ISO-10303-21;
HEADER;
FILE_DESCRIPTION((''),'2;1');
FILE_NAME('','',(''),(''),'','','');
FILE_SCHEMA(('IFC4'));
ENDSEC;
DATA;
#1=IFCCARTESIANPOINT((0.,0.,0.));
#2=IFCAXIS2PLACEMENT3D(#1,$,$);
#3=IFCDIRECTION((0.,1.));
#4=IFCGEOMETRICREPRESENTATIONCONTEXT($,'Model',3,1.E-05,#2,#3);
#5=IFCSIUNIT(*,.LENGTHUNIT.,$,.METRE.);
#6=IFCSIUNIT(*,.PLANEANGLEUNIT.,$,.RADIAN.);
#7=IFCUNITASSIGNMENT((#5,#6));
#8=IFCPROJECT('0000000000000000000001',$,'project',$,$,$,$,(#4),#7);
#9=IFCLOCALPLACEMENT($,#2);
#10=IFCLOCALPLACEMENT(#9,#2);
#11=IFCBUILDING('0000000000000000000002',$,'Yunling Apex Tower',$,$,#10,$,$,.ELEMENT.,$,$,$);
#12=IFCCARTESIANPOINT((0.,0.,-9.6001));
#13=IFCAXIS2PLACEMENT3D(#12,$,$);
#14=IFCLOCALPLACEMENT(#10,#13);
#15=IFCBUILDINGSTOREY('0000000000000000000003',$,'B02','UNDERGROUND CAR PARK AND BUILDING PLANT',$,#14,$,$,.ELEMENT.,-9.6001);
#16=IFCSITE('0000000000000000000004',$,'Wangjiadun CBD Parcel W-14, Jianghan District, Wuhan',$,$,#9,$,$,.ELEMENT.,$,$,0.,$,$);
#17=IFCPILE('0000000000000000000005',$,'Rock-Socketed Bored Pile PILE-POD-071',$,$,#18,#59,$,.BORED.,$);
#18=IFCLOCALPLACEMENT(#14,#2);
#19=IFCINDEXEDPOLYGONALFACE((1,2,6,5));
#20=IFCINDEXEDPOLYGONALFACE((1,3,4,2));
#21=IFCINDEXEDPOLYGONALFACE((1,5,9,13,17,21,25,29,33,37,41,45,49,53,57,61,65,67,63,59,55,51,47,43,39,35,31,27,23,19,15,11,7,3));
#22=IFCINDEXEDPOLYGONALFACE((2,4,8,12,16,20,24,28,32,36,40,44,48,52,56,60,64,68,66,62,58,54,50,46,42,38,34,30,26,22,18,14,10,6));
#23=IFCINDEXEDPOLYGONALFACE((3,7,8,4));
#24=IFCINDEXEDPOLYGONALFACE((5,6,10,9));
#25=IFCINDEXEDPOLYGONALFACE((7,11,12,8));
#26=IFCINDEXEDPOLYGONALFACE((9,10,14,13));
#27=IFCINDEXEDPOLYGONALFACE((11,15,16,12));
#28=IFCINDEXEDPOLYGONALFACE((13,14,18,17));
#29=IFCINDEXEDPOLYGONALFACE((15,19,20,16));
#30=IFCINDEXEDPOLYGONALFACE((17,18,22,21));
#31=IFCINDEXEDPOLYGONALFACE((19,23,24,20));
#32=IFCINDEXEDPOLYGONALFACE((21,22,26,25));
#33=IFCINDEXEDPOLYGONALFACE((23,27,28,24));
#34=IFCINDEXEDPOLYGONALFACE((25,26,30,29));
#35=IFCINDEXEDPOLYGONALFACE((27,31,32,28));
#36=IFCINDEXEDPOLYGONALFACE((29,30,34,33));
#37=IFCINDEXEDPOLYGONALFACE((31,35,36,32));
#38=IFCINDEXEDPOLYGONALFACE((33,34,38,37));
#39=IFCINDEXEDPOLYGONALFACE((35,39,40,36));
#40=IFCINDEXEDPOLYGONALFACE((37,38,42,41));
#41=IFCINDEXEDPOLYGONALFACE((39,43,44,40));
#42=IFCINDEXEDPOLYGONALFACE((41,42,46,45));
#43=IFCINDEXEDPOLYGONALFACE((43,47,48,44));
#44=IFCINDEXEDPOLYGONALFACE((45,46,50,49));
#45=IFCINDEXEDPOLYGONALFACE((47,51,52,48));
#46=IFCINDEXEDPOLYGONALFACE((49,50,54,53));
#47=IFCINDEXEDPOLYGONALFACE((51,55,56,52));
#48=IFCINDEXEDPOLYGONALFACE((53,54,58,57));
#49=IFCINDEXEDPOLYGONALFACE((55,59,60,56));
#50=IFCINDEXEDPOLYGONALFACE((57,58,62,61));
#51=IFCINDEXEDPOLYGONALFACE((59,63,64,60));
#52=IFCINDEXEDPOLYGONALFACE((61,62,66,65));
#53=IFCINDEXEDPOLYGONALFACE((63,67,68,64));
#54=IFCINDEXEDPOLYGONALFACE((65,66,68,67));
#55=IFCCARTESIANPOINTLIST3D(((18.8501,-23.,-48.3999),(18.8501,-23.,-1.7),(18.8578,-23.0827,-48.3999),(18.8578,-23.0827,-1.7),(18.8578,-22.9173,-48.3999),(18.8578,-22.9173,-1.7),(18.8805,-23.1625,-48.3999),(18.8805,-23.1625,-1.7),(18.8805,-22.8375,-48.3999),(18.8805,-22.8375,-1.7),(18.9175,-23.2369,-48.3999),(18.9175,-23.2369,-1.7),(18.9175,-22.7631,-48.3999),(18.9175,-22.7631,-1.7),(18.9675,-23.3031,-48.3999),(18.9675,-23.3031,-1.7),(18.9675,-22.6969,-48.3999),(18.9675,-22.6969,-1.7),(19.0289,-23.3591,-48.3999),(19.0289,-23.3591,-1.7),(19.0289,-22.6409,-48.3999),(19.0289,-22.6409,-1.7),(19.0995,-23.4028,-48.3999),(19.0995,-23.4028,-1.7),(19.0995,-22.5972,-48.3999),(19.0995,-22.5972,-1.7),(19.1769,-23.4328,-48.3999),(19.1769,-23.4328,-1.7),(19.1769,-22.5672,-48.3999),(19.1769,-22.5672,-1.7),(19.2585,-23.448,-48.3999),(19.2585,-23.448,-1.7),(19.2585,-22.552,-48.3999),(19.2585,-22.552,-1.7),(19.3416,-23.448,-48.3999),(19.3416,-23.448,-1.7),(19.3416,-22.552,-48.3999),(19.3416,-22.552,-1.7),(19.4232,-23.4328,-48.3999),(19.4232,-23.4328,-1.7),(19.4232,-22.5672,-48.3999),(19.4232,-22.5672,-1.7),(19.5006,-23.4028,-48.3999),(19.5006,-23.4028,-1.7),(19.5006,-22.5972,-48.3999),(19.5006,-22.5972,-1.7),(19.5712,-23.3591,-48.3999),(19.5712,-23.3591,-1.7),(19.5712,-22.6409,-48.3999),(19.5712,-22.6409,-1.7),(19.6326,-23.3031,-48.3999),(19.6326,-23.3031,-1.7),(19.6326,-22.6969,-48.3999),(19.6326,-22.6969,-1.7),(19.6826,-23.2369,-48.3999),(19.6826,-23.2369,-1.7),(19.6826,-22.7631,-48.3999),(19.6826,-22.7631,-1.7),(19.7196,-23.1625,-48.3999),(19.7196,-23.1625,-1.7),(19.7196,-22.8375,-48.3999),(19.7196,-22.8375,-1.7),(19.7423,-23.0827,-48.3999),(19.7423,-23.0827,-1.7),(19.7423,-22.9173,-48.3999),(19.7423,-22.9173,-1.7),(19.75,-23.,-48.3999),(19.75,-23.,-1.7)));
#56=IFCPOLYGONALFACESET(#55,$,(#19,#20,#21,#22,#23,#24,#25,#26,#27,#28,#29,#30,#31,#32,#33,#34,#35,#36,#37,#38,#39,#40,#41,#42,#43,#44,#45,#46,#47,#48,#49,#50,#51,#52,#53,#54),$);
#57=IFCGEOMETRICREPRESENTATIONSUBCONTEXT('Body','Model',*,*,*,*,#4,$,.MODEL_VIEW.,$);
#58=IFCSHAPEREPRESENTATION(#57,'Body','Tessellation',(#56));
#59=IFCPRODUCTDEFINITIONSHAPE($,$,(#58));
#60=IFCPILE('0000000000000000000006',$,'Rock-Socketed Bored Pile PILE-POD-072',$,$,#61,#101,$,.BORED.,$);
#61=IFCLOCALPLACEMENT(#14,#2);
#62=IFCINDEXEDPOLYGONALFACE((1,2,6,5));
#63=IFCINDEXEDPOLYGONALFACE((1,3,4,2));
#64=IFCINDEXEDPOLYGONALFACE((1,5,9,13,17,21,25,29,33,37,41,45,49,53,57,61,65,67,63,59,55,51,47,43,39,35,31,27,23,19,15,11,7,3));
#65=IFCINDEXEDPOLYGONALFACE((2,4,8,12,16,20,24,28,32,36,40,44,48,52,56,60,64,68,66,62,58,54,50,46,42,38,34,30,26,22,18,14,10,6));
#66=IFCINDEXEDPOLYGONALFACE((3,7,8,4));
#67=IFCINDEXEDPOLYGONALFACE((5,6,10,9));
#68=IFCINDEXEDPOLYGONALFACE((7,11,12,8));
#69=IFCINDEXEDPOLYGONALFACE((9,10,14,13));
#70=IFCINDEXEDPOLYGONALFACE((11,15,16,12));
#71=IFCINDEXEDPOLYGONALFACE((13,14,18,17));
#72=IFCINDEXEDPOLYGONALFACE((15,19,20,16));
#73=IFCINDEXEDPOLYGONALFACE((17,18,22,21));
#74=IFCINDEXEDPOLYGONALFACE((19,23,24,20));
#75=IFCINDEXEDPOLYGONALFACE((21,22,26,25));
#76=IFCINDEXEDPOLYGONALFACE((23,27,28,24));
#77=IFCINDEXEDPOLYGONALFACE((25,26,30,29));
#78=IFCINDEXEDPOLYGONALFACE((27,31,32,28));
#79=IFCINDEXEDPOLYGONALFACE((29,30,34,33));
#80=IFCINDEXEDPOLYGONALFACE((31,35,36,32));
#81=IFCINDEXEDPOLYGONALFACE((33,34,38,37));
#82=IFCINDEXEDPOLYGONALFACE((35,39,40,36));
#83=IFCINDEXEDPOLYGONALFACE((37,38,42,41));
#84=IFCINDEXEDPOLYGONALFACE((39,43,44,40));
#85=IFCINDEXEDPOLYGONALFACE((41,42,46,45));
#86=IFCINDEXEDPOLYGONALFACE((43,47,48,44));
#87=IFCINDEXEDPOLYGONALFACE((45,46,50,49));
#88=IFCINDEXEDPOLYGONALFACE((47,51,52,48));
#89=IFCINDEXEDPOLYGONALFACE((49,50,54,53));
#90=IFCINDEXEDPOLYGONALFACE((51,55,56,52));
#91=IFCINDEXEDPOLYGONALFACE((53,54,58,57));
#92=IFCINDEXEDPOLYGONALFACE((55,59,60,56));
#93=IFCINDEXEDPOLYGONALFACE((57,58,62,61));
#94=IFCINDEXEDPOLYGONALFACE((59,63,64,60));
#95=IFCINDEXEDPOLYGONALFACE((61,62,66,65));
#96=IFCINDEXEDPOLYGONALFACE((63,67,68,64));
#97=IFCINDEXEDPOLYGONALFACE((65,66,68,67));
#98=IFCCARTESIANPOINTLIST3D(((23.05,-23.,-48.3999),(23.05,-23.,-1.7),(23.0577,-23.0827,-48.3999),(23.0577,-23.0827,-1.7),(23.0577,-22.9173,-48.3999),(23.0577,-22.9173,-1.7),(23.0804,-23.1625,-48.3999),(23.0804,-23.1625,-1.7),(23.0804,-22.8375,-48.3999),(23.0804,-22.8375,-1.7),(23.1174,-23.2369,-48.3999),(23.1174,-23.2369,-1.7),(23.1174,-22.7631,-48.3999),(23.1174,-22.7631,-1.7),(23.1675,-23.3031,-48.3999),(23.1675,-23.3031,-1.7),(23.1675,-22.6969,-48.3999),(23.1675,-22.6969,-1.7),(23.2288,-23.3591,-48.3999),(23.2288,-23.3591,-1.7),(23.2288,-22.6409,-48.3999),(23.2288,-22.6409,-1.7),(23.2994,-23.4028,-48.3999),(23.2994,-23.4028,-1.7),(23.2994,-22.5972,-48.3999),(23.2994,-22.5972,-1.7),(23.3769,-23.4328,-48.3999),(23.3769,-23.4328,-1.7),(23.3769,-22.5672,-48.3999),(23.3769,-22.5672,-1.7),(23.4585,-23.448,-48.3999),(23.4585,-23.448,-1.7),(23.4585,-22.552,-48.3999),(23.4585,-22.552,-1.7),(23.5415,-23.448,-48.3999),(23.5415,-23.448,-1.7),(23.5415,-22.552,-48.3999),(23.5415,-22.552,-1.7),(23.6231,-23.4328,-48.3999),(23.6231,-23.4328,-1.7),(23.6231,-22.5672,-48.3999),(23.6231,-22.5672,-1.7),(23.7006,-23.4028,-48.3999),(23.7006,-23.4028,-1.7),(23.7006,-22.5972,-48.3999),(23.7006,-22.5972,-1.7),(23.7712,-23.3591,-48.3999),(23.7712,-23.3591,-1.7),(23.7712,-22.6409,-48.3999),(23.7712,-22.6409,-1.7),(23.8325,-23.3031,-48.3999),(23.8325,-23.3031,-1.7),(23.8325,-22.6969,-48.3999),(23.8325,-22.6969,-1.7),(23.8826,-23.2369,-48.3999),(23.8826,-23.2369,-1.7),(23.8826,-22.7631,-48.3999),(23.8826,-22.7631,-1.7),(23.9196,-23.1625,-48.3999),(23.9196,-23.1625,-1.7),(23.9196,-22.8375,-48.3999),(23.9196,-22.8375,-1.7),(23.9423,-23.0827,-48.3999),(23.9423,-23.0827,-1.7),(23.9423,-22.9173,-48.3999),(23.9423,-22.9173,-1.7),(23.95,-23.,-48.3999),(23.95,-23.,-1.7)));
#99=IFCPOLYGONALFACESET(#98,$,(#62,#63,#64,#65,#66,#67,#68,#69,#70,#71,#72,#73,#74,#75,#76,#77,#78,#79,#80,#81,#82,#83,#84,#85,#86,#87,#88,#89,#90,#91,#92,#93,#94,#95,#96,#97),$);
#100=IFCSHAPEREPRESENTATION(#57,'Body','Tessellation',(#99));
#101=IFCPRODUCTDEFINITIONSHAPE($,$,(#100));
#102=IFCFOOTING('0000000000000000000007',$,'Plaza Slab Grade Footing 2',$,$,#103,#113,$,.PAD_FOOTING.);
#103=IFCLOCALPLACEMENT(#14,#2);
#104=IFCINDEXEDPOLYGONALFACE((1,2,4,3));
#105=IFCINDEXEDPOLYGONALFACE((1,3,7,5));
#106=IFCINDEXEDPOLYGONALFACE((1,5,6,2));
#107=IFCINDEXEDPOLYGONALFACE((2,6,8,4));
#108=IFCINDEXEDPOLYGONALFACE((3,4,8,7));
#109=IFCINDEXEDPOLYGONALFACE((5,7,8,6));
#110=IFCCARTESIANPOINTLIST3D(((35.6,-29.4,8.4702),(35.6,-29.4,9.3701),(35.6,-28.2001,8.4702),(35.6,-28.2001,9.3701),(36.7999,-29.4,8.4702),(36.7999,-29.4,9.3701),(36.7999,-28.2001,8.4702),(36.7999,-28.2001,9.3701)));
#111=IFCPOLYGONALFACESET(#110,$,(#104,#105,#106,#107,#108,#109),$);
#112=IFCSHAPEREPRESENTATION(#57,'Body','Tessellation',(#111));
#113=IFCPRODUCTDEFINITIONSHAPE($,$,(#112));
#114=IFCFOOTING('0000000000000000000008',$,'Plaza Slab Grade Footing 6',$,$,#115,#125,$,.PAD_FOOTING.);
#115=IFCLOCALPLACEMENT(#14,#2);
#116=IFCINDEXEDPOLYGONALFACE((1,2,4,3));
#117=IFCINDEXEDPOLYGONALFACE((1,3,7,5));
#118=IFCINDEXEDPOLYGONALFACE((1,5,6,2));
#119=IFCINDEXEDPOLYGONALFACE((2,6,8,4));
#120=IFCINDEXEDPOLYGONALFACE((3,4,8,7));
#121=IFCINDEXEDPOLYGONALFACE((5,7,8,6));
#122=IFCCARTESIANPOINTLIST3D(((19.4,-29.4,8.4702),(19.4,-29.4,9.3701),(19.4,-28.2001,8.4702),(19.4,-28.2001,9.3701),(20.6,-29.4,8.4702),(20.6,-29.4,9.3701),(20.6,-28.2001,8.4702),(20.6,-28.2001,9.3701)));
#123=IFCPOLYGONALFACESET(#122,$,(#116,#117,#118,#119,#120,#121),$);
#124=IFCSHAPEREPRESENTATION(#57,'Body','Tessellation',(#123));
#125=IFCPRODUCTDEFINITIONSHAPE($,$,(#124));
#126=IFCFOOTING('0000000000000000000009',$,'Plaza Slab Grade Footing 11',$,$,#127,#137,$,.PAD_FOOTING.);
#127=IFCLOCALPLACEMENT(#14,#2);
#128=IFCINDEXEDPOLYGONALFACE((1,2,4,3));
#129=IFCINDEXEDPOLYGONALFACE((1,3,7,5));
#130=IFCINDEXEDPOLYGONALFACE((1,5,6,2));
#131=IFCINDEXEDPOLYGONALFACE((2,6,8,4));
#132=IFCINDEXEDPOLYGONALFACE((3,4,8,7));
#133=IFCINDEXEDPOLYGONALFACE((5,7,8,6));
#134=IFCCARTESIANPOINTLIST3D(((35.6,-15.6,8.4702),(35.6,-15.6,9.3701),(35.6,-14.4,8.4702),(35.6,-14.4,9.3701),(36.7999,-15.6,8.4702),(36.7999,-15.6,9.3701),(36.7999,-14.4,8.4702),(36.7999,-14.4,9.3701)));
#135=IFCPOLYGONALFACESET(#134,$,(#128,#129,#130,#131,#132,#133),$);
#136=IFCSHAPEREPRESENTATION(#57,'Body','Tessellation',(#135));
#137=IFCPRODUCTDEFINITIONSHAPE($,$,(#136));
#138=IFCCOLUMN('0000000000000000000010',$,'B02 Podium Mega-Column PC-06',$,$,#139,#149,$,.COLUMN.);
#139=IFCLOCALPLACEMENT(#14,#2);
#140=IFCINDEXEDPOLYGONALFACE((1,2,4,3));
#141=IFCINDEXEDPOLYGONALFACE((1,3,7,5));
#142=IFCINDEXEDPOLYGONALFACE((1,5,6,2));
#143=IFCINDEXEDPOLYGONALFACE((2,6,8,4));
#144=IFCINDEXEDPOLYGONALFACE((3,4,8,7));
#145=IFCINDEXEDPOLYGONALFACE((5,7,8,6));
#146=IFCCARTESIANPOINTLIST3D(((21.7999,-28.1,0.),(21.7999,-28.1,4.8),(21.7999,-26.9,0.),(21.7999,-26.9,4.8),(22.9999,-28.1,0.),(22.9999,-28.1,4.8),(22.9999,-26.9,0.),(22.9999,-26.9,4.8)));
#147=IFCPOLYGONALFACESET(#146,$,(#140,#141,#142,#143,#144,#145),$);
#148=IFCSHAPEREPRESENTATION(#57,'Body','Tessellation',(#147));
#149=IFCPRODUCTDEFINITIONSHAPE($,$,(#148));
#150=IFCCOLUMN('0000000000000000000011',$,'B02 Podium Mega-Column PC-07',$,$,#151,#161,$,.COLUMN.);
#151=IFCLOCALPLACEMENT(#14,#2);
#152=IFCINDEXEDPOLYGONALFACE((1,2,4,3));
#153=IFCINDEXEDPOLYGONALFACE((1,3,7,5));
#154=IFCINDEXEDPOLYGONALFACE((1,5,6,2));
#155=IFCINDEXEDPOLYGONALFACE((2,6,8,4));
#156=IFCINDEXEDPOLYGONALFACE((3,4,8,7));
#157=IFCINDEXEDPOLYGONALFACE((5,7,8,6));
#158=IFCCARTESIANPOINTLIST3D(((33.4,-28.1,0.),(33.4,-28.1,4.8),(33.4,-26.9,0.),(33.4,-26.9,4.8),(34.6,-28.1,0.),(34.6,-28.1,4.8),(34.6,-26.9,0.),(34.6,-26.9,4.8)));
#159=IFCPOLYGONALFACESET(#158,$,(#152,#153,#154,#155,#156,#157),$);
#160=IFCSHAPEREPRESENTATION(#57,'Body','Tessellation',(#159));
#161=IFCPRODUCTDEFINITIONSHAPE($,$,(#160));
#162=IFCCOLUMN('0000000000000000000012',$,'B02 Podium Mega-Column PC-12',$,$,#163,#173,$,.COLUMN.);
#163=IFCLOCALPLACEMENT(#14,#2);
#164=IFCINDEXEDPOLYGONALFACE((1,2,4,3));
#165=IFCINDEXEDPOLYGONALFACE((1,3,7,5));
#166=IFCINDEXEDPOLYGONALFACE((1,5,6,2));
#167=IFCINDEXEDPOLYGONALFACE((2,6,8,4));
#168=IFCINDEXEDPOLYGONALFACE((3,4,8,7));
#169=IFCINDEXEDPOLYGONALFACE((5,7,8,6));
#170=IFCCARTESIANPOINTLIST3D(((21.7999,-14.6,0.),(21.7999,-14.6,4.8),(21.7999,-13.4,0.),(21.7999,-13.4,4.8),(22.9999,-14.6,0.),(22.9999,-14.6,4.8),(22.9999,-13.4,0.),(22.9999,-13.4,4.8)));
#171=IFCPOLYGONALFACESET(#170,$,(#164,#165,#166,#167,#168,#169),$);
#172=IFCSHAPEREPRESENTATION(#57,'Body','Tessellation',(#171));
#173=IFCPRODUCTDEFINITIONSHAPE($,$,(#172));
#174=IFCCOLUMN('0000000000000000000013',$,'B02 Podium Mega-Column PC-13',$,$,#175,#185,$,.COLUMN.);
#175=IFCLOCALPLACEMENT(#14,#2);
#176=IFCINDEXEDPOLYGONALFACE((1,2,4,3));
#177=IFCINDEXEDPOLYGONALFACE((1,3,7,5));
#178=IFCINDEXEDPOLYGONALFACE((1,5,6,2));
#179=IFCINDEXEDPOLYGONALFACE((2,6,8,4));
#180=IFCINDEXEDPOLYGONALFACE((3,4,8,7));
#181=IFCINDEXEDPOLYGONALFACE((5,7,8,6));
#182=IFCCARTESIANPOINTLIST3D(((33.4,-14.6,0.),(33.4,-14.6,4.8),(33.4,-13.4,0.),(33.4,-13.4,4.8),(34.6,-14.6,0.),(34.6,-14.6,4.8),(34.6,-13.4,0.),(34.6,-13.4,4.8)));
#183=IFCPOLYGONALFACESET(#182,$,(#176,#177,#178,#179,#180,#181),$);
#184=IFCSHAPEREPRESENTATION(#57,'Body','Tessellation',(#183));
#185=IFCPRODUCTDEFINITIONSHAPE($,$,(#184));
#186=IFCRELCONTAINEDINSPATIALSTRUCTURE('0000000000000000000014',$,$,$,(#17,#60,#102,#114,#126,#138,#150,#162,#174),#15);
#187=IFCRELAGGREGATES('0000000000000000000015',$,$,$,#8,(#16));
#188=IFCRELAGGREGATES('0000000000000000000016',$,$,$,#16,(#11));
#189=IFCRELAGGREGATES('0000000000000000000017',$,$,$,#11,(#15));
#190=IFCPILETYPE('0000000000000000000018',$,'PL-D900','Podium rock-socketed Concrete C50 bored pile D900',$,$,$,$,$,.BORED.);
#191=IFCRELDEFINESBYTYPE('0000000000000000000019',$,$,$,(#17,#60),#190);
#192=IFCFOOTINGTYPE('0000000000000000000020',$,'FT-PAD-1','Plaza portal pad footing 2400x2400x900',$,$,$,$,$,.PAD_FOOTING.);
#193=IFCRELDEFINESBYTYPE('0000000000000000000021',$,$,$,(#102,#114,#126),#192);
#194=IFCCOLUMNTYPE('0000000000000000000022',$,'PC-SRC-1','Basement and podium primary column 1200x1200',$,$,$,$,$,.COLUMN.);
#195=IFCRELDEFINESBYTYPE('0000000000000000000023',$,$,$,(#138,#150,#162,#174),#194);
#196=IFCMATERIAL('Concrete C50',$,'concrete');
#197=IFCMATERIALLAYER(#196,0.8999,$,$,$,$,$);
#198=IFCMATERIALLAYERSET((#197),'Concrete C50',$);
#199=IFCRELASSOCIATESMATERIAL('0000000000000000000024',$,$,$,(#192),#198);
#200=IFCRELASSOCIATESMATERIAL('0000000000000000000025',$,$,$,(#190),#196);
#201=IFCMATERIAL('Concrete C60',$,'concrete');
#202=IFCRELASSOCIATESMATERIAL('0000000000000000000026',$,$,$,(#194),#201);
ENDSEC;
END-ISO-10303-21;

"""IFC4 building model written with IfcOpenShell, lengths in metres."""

from ifc_helpers import new_model, si_unit, direction, frame, origin, origin_2d, place, context, subcontext, project, spatial, rectangle, circle, extrude, source, transform, mapped, material, layer, layer_set, material_profile, profile_set, type_object, element, save


model = new_model("IFC4")

# Units and contexts
model_context = context("Model", 3, precision=1e-05, world=origin(), true_north=direction((0.0, 1.0)))
body_context = subcontext(model_context, "Body", "Model", "MODEL_VIEW")
ifc_project = project(units=[si_unit("LENGTHUNIT", "METRE"), si_unit("PLANEANGLEUNIT", "RADIAN")], contexts=[model_context])

# Site, building, storey
site_placement = place(None, origin())
site = spatial("IfcSite", under=ifc_project, at=site_placement, Name="Wangjiadun CBD Parcel W-14, Jianghan District, Wuhan", CompositionType="ELEMENT", RefElevation=0.0)
building_placement = place(site_placement, origin())
building = spatial("IfcBuilding", under=site, at=building_placement, Name="Yunling Apex Tower", CompositionType="ELEMENT")
storey_placement = place(building_placement, frame((0.0, 0.0, -9.6001)))
storey = spatial("IfcBuildingStorey", under=building, at=storey_placement, Name="B02", Description="UNDERGROUND CAR PARK AND BUILDING PLANT", CompositionType="ELEMENT", Elevation=-9.6001)

# Shared definitions
ifc_material_1 = material(Name="Concrete C50", Category="concrete")
ifc_layer_1 = layer(ifc_material_1, 0.8999)
ifc_layer_set_1 = layer_set([ifc_layer_1], Name="Concrete C50")
footing_type_1 = type_object("IfcFootingType", Name="FT-PAD-1", Description="Plaza portal pad footing 2400x2400x900", PredefinedType="PAD_FOOTING", material=ifc_layer_set_1)

# Piles
ifc_material_profile_1 = material_profile(ifc_material_1, circle(Radius=0.45, at=origin_2d()))
ifc_profile_set_1 = profile_set([ifc_material_profile_1], Name="Concrete C50")
pile_type_1 = type_object("IfcPileType", Name="PL-D900", Description="Podium rock-socketed Concrete C50 bored pile D900", PredefinedType="BORED", material=ifc_profile_set_1)
shared_shape_1 = source(origin(), body_context, "Body", "SweptSolid", [
    extrude(circle(Radius=0.45, at=origin_2d()), origin(), (0.0, 0.0, 1.0), 46.7),
])
for number, where, z_axis, x_axis, name in (
    (1, (19.3, -23.0, -1.7), (0.0, 0.0, -1.0), (1.0, 0.0, 0.0), "Rock-Socketed Bored Pile PILE-POD-071"),
    (2, (23.5, -23.0, -1.7), (0.0, 0.0, -1.0), (1.0, 0.0, 0.0), "Rock-Socketed Bored Pile PILE-POD-072"),
):
    element("IfcPile", number, at=place(storey_placement, frame(where, z_axis=z_axis, x_axis=x_axis)), inside=storey, type_object=pile_type_1, Name=name, PredefinedType="BORED", context=body_context, shape_type="MappedRepresentation", body=[
        mapped(shared_shape_1, transform((0.0, 0.0, 0.0), scale=1.0)),
    ])

# Footings
shared_shape_2 = source(origin(), body_context, "Body", "SweptSolid", [
    extrude(rectangle(XDim=1.2, YDim=1.2, at=origin_2d()), origin(), (0.0, 0.0, 1.0), 0.8999),
])
for number, where, z_axis, x_axis, name in (
    (3, (36.2, -28.8, 8.4702), (0.0, 0.0, 1.0), (1.0, 0.0, 0.0), "Plaza Slab Grade Footing 2"),
    (4, (20.0, -28.8, 8.4702), (0.0, 0.0, 1.0), (1.0, 0.0, 0.0), "Plaza Slab Grade Footing 6"),
    (5, (36.2, -15.0, 8.4702), (0.0, 0.0, 1.0), (1.0, 0.0, 0.0), "Plaza Slab Grade Footing 11"),
):
    element("IfcFooting", number, at=place(storey_placement, frame(where, z_axis=z_axis, x_axis=x_axis)), inside=storey, type_object=footing_type_1, Name=name, PredefinedType="PAD_FOOTING", context=body_context, shape_type="MappedRepresentation", body=[
        mapped(shared_shape_2, transform((0.0, 0.0, 0.0), scale=1.0)),
    ])

# Columns
ifc_material_2 = material(Name="Concrete C60", Category="concrete")
ifc_material_profile_2 = material_profile(ifc_material_2, rectangle(XDim=1.2, YDim=1.2, at=origin_2d()))
ifc_profile_set_2 = profile_set([ifc_material_profile_2], Name="Concrete C60")
column_type = type_object("IfcColumnType", Name="PC-SRC-1", Description="Basement and podium primary column 1200x1200", PredefinedType="COLUMN", material=ifc_profile_set_2)
shared_shape_3 = source(origin(), body_context, "Body", "SweptSolid", [
    extrude(rectangle(XDim=1.2, YDim=1.2, at=origin_2d()), origin(), (0.0, 0.0, 1.0), 4.8),
])
for number, where, z_axis, x_axis, name in (
    (6, (22.3999, -27.5, 0.0), (0.0, 0.0, 1.0), (1.0, 0.0, 0.0), "B02 Podium Mega-Column PC-06"),
    (7, (34.0, -27.5, 0.0), (0.0, 0.0, 1.0), (1.0, 0.0, 0.0), "B02 Podium Mega-Column PC-07"),
    (8, (22.3999, -14.0, 0.0), (0.0, 0.0, 1.0), (1.0, 0.0, 0.0), "B02 Podium Mega-Column PC-12"),
    (9, (34.0, -14.0, 0.0), (0.0, 0.0, 1.0), (1.0, 0.0, 0.0), "B02 Podium Mega-Column PC-13"),
):
    element("IfcColumn", number, at=place(storey_placement, frame(where, z_axis=z_axis, x_axis=x_axis)), inside=storey, type_object=column_type, Name=name, PredefinedType="COLUMN", context=body_context, shape_type="MappedRepresentation", body=[
        mapped(shared_shape_3, transform((0.0, 0.0, 0.0), scale=1.0)),
    ])

save(model, "model.ifc")
